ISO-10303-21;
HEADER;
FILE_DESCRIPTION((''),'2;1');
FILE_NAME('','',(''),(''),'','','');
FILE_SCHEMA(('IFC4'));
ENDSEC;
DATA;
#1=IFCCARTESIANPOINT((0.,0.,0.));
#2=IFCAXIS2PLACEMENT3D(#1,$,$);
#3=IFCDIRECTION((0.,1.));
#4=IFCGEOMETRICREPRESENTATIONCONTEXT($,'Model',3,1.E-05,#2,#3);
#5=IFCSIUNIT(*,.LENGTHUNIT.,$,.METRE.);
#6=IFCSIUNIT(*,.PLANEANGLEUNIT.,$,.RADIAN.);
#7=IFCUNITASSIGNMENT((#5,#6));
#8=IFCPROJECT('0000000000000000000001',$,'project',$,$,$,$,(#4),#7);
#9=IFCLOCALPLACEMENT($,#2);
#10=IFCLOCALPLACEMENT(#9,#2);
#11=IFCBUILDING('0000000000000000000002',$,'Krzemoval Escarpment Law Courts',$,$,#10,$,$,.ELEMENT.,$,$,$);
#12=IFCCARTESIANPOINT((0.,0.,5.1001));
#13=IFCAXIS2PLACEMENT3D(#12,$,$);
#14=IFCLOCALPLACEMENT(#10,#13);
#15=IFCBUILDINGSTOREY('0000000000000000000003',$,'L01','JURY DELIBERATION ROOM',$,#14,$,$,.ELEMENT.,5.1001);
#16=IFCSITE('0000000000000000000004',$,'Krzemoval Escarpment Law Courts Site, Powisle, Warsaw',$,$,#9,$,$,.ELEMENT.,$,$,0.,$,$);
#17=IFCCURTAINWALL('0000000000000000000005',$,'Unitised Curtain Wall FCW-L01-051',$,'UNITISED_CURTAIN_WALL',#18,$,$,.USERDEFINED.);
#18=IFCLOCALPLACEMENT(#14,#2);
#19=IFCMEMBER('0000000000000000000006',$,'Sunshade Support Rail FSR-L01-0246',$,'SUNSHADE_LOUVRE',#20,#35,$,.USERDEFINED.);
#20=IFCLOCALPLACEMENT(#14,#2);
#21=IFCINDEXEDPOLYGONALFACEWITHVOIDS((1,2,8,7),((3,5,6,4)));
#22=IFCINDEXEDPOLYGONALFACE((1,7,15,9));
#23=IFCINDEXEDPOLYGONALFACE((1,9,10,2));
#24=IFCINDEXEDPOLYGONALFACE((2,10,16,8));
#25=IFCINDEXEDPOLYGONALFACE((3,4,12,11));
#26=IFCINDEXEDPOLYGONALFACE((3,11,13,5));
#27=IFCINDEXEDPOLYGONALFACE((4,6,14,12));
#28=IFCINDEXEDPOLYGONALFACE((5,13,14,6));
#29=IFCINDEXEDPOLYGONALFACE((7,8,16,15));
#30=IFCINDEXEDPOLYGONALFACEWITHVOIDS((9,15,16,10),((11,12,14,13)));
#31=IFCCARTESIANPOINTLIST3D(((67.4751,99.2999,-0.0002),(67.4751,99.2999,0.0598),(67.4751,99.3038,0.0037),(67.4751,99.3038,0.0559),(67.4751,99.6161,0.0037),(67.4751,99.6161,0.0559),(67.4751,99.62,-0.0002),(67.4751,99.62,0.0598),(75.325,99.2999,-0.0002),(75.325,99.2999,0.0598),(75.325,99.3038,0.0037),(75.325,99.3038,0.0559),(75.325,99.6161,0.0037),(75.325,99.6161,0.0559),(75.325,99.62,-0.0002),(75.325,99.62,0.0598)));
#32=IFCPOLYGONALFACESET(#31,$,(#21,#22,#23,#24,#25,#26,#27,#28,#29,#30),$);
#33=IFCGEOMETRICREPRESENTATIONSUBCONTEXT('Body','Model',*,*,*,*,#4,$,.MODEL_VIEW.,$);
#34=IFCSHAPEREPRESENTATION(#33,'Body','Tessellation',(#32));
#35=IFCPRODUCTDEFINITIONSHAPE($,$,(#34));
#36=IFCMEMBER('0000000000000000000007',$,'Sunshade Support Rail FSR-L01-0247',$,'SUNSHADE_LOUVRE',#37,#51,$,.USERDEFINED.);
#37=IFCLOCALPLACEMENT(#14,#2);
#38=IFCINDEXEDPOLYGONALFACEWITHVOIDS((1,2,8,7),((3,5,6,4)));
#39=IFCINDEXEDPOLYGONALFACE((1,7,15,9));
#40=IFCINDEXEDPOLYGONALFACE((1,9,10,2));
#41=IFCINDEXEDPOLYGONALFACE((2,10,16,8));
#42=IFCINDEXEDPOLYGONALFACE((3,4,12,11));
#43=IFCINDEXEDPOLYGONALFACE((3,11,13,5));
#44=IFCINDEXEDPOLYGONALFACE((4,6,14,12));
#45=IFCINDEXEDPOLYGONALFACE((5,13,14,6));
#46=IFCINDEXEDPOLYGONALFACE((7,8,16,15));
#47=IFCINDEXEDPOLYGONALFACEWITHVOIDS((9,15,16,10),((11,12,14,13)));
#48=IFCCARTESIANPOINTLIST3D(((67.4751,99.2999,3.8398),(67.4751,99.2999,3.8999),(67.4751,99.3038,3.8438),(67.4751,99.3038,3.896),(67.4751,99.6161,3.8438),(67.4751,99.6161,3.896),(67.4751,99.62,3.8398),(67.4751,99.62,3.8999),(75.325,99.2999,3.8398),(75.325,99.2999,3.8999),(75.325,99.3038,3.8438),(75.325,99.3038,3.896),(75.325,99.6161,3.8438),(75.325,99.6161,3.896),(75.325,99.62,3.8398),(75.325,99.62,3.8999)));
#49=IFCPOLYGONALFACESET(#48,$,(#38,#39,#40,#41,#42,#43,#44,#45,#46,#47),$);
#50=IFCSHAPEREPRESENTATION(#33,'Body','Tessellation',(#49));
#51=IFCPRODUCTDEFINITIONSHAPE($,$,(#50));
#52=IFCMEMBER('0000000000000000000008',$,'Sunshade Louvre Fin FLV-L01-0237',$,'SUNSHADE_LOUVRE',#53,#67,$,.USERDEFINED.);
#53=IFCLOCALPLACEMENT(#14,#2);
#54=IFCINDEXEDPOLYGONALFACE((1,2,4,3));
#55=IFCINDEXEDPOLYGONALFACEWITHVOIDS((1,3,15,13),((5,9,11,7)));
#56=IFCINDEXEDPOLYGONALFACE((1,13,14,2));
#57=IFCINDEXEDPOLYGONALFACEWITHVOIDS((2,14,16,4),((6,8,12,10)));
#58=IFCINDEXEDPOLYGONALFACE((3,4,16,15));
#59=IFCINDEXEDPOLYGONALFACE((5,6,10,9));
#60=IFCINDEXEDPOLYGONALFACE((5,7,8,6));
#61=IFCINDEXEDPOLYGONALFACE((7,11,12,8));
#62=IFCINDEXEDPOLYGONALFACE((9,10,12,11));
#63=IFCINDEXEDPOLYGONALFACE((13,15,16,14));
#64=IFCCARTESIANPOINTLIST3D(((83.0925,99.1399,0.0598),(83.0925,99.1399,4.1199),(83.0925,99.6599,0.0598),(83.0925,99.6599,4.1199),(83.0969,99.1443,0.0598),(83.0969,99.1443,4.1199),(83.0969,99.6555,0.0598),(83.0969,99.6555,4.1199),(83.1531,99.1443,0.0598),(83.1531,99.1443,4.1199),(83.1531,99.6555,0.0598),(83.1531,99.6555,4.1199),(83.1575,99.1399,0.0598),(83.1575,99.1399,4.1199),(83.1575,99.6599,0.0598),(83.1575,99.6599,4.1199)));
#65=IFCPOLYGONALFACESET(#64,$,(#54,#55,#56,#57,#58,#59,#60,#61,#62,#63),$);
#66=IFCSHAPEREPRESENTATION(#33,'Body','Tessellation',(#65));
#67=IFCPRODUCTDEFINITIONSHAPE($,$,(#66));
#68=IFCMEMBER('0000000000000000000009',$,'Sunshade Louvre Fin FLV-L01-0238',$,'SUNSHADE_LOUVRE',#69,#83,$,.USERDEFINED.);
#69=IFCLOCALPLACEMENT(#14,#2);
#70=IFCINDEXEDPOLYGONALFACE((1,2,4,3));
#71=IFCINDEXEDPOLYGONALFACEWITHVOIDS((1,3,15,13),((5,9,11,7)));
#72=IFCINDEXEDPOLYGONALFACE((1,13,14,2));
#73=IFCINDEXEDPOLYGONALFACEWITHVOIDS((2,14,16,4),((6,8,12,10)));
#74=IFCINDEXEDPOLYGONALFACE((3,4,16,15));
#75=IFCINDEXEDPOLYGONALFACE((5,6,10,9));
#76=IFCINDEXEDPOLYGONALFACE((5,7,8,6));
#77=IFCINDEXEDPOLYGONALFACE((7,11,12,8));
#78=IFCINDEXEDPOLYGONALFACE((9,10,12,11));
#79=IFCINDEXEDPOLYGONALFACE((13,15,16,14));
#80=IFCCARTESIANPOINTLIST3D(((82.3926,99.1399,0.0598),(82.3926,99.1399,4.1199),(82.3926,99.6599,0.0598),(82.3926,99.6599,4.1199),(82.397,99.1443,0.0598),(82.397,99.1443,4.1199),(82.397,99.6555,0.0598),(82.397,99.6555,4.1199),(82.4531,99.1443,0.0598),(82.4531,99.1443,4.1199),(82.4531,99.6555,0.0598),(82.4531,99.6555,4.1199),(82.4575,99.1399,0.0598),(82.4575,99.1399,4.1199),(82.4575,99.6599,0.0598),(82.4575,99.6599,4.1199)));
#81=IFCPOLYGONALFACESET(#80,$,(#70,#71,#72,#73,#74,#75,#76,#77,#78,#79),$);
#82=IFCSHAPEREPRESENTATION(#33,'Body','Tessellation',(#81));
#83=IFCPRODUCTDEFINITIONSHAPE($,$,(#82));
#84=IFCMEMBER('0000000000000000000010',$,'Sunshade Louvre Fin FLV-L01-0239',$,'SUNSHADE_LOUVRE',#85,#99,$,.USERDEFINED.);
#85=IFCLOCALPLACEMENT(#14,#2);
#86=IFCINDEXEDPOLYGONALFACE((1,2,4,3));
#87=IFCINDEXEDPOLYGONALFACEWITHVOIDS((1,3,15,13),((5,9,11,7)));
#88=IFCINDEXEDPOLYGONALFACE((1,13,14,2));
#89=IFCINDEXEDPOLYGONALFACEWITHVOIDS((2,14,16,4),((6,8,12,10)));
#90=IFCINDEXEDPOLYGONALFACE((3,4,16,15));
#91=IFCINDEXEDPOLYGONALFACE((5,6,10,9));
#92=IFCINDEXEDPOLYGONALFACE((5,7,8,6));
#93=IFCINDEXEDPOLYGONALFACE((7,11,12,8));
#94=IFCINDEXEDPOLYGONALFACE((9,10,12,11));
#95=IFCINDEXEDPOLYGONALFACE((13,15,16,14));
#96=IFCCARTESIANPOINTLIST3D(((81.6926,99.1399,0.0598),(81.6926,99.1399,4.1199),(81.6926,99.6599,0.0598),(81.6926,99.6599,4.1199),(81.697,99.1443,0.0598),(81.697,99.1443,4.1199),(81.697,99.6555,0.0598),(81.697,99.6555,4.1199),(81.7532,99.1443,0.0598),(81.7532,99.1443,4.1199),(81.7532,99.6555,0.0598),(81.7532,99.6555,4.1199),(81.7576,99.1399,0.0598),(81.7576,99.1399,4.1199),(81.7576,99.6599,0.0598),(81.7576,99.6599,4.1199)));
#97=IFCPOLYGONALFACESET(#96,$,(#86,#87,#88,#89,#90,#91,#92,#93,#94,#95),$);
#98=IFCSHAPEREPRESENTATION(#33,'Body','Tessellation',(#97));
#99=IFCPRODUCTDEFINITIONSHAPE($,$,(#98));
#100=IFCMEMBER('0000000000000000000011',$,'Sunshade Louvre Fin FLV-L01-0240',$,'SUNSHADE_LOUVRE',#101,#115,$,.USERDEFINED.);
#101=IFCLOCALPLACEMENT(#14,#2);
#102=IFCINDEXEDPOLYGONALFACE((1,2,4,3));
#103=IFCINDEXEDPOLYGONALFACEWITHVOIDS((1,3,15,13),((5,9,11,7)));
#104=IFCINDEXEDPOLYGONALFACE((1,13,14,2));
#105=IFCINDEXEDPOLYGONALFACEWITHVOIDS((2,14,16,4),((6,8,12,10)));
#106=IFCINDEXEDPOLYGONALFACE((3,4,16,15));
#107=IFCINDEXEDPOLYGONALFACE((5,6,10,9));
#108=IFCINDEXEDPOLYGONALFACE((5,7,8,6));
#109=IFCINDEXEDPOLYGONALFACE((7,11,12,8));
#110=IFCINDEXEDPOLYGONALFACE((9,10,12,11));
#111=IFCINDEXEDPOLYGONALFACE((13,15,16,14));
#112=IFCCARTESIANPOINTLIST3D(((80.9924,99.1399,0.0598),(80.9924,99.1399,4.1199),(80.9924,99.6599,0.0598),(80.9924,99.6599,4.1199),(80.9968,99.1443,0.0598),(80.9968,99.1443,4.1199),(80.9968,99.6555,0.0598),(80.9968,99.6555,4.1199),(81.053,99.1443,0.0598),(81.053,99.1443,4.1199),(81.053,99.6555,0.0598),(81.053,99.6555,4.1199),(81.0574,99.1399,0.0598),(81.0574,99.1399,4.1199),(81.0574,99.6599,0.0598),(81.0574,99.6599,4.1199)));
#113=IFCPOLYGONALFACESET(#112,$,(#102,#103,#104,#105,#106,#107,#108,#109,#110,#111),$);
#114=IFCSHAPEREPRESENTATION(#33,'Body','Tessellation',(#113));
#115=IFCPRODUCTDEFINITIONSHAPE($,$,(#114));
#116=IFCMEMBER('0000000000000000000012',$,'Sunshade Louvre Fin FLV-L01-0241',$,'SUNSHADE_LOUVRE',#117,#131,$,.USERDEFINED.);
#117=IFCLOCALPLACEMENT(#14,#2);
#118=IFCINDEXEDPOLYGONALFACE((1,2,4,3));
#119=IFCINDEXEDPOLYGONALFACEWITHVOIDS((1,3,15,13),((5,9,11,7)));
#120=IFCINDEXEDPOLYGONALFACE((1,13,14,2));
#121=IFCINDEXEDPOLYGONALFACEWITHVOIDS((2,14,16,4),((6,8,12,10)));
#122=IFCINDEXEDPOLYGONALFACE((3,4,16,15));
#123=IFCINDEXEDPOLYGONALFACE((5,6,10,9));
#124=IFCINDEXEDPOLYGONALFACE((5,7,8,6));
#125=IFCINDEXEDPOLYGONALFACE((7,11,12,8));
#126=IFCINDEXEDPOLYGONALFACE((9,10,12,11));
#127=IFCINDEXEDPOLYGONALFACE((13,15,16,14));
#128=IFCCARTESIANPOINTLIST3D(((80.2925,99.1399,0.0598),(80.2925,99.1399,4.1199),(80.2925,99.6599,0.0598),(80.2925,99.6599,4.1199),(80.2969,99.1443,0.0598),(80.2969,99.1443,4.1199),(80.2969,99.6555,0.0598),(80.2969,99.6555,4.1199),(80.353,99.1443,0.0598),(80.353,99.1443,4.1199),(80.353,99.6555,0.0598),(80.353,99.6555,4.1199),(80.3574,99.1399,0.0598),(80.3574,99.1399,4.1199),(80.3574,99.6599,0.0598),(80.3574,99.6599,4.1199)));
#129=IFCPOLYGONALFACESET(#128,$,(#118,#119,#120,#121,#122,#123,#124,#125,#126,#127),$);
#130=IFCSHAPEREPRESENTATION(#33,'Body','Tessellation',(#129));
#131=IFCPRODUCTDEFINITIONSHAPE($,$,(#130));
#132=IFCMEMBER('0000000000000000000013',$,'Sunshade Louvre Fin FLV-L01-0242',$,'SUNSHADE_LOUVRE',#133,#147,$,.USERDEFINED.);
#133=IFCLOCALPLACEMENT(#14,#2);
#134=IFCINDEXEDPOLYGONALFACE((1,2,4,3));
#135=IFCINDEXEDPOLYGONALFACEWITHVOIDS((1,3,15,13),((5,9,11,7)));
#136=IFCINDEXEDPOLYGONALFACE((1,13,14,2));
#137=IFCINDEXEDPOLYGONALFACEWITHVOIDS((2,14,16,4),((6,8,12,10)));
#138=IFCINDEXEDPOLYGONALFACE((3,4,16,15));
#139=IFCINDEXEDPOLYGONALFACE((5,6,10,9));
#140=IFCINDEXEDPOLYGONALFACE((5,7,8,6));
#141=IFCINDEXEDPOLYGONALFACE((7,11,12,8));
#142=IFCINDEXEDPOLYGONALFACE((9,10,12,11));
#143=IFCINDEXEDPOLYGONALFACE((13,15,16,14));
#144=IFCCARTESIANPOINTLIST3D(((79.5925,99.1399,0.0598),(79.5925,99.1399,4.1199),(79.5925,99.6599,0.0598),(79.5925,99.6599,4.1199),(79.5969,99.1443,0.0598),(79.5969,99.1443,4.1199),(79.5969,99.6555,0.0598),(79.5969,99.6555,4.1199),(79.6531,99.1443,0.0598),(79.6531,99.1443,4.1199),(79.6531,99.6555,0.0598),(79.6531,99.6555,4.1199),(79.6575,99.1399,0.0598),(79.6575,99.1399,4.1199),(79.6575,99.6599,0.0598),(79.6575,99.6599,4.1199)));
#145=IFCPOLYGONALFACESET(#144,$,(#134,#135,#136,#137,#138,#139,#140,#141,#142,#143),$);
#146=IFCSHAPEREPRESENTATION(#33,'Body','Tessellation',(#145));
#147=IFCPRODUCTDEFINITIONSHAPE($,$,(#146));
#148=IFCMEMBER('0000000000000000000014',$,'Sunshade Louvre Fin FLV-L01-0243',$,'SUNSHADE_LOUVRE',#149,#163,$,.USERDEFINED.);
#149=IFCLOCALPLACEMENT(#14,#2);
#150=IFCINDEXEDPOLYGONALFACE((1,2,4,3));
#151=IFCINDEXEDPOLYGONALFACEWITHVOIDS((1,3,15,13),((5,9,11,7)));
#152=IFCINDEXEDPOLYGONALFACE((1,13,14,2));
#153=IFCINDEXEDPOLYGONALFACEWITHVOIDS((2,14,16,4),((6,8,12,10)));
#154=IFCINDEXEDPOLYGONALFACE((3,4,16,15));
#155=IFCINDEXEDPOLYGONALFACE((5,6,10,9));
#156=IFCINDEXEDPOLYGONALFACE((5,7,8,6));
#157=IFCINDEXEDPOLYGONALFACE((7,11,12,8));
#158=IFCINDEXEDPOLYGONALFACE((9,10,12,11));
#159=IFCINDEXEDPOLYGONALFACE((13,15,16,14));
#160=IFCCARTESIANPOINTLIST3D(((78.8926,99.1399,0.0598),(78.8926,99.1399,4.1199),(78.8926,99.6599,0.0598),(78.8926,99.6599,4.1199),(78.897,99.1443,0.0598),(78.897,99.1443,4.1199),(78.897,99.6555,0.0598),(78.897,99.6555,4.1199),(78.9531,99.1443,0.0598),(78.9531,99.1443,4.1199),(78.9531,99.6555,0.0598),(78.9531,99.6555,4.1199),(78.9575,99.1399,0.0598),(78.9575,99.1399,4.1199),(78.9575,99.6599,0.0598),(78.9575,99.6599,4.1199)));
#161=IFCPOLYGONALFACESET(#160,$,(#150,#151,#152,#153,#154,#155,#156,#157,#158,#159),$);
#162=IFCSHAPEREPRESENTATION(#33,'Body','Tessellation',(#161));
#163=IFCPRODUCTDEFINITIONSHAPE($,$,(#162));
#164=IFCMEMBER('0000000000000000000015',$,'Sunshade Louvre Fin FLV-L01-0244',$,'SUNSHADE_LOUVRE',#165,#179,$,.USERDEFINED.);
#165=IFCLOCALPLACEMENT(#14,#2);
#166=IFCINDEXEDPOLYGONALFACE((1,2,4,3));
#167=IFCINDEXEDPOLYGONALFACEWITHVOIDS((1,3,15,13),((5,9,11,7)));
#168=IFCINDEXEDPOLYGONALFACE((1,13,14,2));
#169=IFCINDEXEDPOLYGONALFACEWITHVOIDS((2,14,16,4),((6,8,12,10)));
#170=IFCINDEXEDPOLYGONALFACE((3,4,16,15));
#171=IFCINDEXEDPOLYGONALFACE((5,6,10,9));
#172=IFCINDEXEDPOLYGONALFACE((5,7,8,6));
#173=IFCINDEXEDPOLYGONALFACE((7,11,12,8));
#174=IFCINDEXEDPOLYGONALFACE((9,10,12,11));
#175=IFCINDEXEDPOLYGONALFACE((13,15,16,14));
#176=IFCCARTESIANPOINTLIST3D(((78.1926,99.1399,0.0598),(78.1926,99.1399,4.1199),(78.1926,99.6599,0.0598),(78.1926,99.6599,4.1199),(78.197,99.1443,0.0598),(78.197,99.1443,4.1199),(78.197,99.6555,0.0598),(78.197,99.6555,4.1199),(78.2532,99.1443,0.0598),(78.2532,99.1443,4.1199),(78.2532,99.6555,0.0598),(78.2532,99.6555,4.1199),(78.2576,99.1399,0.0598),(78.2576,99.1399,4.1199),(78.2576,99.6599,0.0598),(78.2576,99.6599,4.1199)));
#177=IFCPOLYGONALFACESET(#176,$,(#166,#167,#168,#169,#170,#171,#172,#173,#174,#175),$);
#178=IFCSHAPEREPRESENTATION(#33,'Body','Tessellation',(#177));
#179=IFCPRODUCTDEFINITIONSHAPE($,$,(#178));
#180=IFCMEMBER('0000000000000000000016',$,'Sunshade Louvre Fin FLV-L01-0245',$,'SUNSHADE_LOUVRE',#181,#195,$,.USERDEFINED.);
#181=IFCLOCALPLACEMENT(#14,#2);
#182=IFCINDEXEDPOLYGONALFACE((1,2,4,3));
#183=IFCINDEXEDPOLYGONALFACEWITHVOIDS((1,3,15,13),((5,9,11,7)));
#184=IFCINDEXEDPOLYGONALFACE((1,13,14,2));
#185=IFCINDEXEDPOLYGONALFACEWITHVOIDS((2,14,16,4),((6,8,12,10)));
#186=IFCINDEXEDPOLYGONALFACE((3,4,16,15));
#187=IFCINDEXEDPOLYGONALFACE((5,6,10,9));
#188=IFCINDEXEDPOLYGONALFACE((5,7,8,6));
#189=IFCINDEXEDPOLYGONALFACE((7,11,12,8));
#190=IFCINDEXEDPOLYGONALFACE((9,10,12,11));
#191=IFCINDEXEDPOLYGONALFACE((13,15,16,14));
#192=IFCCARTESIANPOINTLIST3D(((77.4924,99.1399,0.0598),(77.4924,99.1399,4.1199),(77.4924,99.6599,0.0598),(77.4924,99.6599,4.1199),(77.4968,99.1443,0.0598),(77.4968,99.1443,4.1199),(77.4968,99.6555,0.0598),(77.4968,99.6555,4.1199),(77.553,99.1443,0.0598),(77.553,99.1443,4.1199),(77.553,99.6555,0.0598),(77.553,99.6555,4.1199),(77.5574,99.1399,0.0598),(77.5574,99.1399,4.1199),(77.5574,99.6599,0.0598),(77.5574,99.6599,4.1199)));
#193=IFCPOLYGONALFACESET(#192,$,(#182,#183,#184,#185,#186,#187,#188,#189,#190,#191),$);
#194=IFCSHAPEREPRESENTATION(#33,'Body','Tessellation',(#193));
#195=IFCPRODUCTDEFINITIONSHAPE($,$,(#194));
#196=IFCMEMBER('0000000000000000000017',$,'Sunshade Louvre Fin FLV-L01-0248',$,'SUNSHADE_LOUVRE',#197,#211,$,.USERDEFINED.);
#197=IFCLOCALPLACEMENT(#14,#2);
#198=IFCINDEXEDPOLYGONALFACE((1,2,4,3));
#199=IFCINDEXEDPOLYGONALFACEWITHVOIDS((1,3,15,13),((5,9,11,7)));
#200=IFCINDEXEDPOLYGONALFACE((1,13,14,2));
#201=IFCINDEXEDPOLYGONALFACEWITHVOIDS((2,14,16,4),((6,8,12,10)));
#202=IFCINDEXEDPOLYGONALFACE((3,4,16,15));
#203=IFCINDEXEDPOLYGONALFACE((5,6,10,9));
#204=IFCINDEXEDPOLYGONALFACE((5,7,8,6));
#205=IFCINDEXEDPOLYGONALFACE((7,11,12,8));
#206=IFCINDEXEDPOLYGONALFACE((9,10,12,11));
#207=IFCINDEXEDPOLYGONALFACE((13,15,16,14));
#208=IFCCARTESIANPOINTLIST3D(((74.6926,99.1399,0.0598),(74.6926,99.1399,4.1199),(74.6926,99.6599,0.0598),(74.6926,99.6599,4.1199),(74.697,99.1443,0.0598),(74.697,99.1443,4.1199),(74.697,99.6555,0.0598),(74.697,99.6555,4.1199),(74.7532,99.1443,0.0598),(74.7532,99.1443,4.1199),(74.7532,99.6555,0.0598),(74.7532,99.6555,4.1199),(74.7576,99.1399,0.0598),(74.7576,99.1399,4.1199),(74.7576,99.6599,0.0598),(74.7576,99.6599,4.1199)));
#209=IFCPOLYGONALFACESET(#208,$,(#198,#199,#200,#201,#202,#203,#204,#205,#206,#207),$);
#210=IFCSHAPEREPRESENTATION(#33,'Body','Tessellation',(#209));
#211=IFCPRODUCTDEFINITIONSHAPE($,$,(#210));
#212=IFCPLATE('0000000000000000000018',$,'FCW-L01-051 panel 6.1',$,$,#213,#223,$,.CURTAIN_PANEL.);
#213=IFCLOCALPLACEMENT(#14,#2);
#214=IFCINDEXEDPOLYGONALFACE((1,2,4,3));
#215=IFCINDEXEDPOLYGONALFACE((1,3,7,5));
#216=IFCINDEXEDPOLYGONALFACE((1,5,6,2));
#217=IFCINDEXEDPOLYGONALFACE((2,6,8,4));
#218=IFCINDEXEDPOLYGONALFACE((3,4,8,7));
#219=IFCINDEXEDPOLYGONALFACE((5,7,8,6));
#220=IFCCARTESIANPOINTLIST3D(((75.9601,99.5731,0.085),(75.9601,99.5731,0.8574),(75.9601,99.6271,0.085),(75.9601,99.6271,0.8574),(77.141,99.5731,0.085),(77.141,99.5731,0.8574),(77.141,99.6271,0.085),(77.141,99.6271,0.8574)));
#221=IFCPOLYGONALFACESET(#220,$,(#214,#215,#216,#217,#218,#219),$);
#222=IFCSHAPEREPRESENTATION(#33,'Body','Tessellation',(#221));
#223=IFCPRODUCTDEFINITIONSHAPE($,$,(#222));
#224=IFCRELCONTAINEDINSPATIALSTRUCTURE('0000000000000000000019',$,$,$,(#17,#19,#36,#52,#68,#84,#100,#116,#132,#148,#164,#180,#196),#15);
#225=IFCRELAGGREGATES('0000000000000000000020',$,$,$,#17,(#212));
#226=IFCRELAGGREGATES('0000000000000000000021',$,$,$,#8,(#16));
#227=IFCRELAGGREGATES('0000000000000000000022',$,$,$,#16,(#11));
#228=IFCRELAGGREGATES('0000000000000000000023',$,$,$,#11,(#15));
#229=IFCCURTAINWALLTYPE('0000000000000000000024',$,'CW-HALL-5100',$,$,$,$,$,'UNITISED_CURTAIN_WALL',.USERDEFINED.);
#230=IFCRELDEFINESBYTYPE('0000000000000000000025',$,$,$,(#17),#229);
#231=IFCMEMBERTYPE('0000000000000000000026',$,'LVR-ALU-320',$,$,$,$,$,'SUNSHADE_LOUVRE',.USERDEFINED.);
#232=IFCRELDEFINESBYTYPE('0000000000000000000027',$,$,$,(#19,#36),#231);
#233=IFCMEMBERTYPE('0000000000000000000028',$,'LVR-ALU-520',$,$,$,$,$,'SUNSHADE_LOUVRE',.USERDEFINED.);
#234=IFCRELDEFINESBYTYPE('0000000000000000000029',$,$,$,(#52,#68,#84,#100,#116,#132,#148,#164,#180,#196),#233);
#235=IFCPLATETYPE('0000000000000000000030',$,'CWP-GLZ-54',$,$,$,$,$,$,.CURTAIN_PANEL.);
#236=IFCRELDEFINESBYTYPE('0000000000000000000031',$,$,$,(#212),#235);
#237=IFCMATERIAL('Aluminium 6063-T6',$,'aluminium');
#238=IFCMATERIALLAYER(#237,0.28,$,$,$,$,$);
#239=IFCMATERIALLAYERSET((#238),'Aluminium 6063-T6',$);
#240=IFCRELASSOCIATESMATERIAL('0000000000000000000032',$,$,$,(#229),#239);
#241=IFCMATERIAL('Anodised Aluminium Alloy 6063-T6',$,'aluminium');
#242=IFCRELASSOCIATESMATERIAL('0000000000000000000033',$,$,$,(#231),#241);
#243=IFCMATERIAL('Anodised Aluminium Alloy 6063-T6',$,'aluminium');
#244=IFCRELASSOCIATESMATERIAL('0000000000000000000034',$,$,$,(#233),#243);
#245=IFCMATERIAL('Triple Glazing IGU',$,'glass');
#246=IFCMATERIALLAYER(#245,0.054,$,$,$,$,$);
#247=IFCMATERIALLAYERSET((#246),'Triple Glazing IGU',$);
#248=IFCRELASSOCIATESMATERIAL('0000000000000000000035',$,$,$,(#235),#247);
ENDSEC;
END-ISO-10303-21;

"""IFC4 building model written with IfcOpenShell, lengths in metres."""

from ifc_helpers import new_model, si_unit, direction, frame, origin, origin_2d, place, context, subcontext, project, spatial, rectangle, hollow_rectangle, extrude, material, layer, layer_set, material_profile, profile_set, type_object, element, aggregate, save


model = new_model("IFC4")

# Units and contexts
model_context = context("Model", 3, precision=1e-05, world=origin(), true_north=direction((0.0, 1.0)))
body_context = subcontext(model_context, "Body", "Model", "MODEL_VIEW")
ifc_project = project(units=[si_unit("LENGTHUNIT", "METRE"), si_unit("PLANEANGLEUNIT", "RADIAN")], contexts=[model_context])

# Site, building, storey
site_placement = place(None, origin())
site = spatial("IfcSite", under=ifc_project, at=site_placement, Name="Krzemoval Escarpment Law Courts Site, Powisle, Warsaw", CompositionType="ELEMENT", RefElevation=0.0)
building_placement = place(site_placement, origin())
building = spatial("IfcBuilding", under=site, at=building_placement, Name="Krzemoval Escarpment Law Courts", CompositionType="ELEMENT")
storey_placement = place(building_placement, frame((0.0, 0.0, 5.1001)))
storey = spatial("IfcBuildingStorey", under=building, at=storey_placement, Name="L01", Description="JURY DELIBERATION ROOM", CompositionType="ELEMENT", Elevation=5.1001)

# Curtain wall
ifc_material_1 = material(Name="Aluminium 6063-T6", Category="aluminium")
ifc_layer_1 = layer(ifc_material_1, 0.28)
ifc_layer_set_1 = layer_set([ifc_layer_1], Name="Aluminium 6063-T6")
curtain_wall_type = type_object("IfcCurtainWallType", Name="CW-HALL-5100", ElementType="UNITISED_CURTAIN_WALL", PredefinedType="USERDEFINED", material=ifc_layer_set_1)
curtain_wall_1_placement = place(storey_placement, origin())
curtain_wall_1 = element("IfcCurtainWall", 1, at=curtain_wall_1_placement, inside=storey, type_object=curtain_wall_type, Name="Unitised Curtain Wall FCW-L01-051", ObjectType="UNITISED_CURTAIN_WALL", PredefinedType="USERDEFINED")

# Members
ifc_material_2 = material(Name="Anodised Aluminium Alloy 6063-T6", Category="aluminium")
ifc_material_profile_1 = material_profile(ifc_material_2, hollow_rectangle(XDim=0.0601, YDim=0.3201, WallThickness=0.0039, at=origin_2d()), Name="ALU LVR 60x320")
ifc_profile_set_1 = profile_set([ifc_material_profile_1], Name="Anodised Aluminium Alloy 6063-T6")
member_type_1 = type_object("IfcMemberType", Name="LVR-ALU-320", ElementType="SUNSHADE_LOUVRE", PredefinedType="USERDEFINED", material=ifc_profile_set_1)
for number, where, z_axis, x_axis, name in (
    (2, (75.325, 99.46, 0.0298), (-1.0, 0.0, 0.0), (0.0, 0.0, 1.0), "Sunshade Support Rail FSR-L01-0246"),
    (3, (75.325, 99.46, 3.8699), (-1.0, 0.0, 0.0), (0.0, 0.0, 1.0), "Sunshade Support Rail FSR-L01-0247"),
):
    element("IfcMember", number, at=place(storey_placement, frame(where, z_axis=z_axis, x_axis=x_axis)), inside=storey, type_object=member_type_1, Name=name, ObjectType="SUNSHADE_LOUVRE", PredefinedType="USERDEFINED", context=body_context, shape_type="SweptSolid", body=[
        extrude(hollow_rectangle(XDim=0.0601, YDim=0.3201, WallThickness=0.0039, at=origin_2d()), origin(), (0.0, 0.0, 1.0), 7.8499),
    ])
ifc_material_3 = material(Name="Anodised Aluminium Alloy 6063-T6", Category="aluminium")
ifc_material_profile_2 = material_profile(ifc_material_3, hollow_rectangle(XDim=0.0649, YDim=0.52, WallThickness=0.0044, at=origin_2d()), Name="ALU LVR 65x520")
ifc_profile_set_2 = profile_set([ifc_material_profile_2], Name="Anodised Aluminium Alloy 6063-T6")
member_type_2 = type_object("IfcMemberType", Name="LVR-ALU-520", ElementType="SUNSHADE_LOUVRE", PredefinedType="USERDEFINED", material=ifc_profile_set_2)
for number, where, z_axis, x_axis, name in (
    (4, (83.125, 99.3999, 0.0598), (0.0, 0.0, 1.0), (1.0, 0.0, 0.0), "Sunshade Louvre Fin FLV-L01-0237"),
    (5, (82.425, 99.3999, 0.0598), (0.0, 0.0, 1.0), (1.0, 0.0, 0.0), "Sunshade Louvre Fin FLV-L01-0238"),
    (6, (81.7251, 99.3999, 0.0598), (0.0, 0.0, 1.0), (1.0, 0.0, 0.0), "Sunshade Louvre Fin FLV-L01-0239"),
    (7, (81.0249, 99.3999, 0.0598), (0.0, 0.0, 1.0), (1.0, 0.0, 0.0), "Sunshade Louvre Fin FLV-L01-0240"),
    (8, (80.325, 99.3999, 0.0598), (0.0, 0.0, 1.0), (1.0, 0.0, 0.0), "Sunshade Louvre Fin FLV-L01-0241"),
    (9, (79.625, 99.3999, 0.0598), (0.0, 0.0, 1.0), (1.0, 0.0, 0.0), "Sunshade Louvre Fin FLV-L01-0242"),
    (10, (78.925, 99.3999, 0.0598), (0.0, 0.0, 1.0), (1.0, 0.0, 0.0), "Sunshade Louvre Fin FLV-L01-0243"),
    (11, (78.2251, 99.3999, 0.0598), (0.0, 0.0, 1.0), (1.0, 0.0, 0.0), "Sunshade Louvre Fin FLV-L01-0244"),
    (12, (77.5249, 99.3999, 0.0598), (0.0, 0.0, 1.0), (1.0, 0.0, 0.0), "Sunshade Louvre Fin FLV-L01-0245"),
    (13, (74.7251, 99.3999, 0.0598), (0.0, 0.0, 1.0), (1.0, 0.0, 0.0), "Sunshade Louvre Fin FLV-L01-0248"),
):
    element("IfcMember", number, at=place(storey_placement, frame(where, z_axis=z_axis, x_axis=x_axis)), inside=storey, type_object=member_type_2, Name=name, ObjectType="SUNSHADE_LOUVRE", PredefinedType="USERDEFINED", context=body_context, shape_type="SweptSolid", body=[
        extrude(hollow_rectangle(XDim=0.0649, YDim=0.52, WallThickness=0.0044, at=origin_2d()), origin(), (0.0, 0.0, 1.0), 4.0601),
    ])

# Plate
ifc_material_4 = material(Name="Triple Glazing IGU", Category="glass")
ifc_layer_2 = layer(ifc_material_4, 0.054)
ifc_layer_set_2 = layer_set([ifc_layer_2], Name="Triple Glazing IGU")
plate_type = type_object("IfcPlateType", Name="CWP-GLZ-54", PredefinedType="CURTAIN_PANEL", material=ifc_layer_set_2)
plate_1_placement = place(storey_placement, frame((76.5505, 99.6001, 0.085), z_axis=(0.0, 0.0, 1.0), x_axis=(-1.0, 0.0, 0.0)))
plate_1 = element("IfcPlate", 14, at=plate_1_placement, type_object=plate_type, Name="FCW-L01-051 panel 6.1", PredefinedType="CURTAIN_PANEL", context=body_context, shape_type="SweptSolid", body=[
    extrude(rectangle(XDim=1.1809, YDim=0.054, at=origin_2d()), origin(), (0.0, 0.0, 1.0), 0.7725),
])
aggregate(curtain_wall_1, [plate_1])

save(model, "model.ifc")
